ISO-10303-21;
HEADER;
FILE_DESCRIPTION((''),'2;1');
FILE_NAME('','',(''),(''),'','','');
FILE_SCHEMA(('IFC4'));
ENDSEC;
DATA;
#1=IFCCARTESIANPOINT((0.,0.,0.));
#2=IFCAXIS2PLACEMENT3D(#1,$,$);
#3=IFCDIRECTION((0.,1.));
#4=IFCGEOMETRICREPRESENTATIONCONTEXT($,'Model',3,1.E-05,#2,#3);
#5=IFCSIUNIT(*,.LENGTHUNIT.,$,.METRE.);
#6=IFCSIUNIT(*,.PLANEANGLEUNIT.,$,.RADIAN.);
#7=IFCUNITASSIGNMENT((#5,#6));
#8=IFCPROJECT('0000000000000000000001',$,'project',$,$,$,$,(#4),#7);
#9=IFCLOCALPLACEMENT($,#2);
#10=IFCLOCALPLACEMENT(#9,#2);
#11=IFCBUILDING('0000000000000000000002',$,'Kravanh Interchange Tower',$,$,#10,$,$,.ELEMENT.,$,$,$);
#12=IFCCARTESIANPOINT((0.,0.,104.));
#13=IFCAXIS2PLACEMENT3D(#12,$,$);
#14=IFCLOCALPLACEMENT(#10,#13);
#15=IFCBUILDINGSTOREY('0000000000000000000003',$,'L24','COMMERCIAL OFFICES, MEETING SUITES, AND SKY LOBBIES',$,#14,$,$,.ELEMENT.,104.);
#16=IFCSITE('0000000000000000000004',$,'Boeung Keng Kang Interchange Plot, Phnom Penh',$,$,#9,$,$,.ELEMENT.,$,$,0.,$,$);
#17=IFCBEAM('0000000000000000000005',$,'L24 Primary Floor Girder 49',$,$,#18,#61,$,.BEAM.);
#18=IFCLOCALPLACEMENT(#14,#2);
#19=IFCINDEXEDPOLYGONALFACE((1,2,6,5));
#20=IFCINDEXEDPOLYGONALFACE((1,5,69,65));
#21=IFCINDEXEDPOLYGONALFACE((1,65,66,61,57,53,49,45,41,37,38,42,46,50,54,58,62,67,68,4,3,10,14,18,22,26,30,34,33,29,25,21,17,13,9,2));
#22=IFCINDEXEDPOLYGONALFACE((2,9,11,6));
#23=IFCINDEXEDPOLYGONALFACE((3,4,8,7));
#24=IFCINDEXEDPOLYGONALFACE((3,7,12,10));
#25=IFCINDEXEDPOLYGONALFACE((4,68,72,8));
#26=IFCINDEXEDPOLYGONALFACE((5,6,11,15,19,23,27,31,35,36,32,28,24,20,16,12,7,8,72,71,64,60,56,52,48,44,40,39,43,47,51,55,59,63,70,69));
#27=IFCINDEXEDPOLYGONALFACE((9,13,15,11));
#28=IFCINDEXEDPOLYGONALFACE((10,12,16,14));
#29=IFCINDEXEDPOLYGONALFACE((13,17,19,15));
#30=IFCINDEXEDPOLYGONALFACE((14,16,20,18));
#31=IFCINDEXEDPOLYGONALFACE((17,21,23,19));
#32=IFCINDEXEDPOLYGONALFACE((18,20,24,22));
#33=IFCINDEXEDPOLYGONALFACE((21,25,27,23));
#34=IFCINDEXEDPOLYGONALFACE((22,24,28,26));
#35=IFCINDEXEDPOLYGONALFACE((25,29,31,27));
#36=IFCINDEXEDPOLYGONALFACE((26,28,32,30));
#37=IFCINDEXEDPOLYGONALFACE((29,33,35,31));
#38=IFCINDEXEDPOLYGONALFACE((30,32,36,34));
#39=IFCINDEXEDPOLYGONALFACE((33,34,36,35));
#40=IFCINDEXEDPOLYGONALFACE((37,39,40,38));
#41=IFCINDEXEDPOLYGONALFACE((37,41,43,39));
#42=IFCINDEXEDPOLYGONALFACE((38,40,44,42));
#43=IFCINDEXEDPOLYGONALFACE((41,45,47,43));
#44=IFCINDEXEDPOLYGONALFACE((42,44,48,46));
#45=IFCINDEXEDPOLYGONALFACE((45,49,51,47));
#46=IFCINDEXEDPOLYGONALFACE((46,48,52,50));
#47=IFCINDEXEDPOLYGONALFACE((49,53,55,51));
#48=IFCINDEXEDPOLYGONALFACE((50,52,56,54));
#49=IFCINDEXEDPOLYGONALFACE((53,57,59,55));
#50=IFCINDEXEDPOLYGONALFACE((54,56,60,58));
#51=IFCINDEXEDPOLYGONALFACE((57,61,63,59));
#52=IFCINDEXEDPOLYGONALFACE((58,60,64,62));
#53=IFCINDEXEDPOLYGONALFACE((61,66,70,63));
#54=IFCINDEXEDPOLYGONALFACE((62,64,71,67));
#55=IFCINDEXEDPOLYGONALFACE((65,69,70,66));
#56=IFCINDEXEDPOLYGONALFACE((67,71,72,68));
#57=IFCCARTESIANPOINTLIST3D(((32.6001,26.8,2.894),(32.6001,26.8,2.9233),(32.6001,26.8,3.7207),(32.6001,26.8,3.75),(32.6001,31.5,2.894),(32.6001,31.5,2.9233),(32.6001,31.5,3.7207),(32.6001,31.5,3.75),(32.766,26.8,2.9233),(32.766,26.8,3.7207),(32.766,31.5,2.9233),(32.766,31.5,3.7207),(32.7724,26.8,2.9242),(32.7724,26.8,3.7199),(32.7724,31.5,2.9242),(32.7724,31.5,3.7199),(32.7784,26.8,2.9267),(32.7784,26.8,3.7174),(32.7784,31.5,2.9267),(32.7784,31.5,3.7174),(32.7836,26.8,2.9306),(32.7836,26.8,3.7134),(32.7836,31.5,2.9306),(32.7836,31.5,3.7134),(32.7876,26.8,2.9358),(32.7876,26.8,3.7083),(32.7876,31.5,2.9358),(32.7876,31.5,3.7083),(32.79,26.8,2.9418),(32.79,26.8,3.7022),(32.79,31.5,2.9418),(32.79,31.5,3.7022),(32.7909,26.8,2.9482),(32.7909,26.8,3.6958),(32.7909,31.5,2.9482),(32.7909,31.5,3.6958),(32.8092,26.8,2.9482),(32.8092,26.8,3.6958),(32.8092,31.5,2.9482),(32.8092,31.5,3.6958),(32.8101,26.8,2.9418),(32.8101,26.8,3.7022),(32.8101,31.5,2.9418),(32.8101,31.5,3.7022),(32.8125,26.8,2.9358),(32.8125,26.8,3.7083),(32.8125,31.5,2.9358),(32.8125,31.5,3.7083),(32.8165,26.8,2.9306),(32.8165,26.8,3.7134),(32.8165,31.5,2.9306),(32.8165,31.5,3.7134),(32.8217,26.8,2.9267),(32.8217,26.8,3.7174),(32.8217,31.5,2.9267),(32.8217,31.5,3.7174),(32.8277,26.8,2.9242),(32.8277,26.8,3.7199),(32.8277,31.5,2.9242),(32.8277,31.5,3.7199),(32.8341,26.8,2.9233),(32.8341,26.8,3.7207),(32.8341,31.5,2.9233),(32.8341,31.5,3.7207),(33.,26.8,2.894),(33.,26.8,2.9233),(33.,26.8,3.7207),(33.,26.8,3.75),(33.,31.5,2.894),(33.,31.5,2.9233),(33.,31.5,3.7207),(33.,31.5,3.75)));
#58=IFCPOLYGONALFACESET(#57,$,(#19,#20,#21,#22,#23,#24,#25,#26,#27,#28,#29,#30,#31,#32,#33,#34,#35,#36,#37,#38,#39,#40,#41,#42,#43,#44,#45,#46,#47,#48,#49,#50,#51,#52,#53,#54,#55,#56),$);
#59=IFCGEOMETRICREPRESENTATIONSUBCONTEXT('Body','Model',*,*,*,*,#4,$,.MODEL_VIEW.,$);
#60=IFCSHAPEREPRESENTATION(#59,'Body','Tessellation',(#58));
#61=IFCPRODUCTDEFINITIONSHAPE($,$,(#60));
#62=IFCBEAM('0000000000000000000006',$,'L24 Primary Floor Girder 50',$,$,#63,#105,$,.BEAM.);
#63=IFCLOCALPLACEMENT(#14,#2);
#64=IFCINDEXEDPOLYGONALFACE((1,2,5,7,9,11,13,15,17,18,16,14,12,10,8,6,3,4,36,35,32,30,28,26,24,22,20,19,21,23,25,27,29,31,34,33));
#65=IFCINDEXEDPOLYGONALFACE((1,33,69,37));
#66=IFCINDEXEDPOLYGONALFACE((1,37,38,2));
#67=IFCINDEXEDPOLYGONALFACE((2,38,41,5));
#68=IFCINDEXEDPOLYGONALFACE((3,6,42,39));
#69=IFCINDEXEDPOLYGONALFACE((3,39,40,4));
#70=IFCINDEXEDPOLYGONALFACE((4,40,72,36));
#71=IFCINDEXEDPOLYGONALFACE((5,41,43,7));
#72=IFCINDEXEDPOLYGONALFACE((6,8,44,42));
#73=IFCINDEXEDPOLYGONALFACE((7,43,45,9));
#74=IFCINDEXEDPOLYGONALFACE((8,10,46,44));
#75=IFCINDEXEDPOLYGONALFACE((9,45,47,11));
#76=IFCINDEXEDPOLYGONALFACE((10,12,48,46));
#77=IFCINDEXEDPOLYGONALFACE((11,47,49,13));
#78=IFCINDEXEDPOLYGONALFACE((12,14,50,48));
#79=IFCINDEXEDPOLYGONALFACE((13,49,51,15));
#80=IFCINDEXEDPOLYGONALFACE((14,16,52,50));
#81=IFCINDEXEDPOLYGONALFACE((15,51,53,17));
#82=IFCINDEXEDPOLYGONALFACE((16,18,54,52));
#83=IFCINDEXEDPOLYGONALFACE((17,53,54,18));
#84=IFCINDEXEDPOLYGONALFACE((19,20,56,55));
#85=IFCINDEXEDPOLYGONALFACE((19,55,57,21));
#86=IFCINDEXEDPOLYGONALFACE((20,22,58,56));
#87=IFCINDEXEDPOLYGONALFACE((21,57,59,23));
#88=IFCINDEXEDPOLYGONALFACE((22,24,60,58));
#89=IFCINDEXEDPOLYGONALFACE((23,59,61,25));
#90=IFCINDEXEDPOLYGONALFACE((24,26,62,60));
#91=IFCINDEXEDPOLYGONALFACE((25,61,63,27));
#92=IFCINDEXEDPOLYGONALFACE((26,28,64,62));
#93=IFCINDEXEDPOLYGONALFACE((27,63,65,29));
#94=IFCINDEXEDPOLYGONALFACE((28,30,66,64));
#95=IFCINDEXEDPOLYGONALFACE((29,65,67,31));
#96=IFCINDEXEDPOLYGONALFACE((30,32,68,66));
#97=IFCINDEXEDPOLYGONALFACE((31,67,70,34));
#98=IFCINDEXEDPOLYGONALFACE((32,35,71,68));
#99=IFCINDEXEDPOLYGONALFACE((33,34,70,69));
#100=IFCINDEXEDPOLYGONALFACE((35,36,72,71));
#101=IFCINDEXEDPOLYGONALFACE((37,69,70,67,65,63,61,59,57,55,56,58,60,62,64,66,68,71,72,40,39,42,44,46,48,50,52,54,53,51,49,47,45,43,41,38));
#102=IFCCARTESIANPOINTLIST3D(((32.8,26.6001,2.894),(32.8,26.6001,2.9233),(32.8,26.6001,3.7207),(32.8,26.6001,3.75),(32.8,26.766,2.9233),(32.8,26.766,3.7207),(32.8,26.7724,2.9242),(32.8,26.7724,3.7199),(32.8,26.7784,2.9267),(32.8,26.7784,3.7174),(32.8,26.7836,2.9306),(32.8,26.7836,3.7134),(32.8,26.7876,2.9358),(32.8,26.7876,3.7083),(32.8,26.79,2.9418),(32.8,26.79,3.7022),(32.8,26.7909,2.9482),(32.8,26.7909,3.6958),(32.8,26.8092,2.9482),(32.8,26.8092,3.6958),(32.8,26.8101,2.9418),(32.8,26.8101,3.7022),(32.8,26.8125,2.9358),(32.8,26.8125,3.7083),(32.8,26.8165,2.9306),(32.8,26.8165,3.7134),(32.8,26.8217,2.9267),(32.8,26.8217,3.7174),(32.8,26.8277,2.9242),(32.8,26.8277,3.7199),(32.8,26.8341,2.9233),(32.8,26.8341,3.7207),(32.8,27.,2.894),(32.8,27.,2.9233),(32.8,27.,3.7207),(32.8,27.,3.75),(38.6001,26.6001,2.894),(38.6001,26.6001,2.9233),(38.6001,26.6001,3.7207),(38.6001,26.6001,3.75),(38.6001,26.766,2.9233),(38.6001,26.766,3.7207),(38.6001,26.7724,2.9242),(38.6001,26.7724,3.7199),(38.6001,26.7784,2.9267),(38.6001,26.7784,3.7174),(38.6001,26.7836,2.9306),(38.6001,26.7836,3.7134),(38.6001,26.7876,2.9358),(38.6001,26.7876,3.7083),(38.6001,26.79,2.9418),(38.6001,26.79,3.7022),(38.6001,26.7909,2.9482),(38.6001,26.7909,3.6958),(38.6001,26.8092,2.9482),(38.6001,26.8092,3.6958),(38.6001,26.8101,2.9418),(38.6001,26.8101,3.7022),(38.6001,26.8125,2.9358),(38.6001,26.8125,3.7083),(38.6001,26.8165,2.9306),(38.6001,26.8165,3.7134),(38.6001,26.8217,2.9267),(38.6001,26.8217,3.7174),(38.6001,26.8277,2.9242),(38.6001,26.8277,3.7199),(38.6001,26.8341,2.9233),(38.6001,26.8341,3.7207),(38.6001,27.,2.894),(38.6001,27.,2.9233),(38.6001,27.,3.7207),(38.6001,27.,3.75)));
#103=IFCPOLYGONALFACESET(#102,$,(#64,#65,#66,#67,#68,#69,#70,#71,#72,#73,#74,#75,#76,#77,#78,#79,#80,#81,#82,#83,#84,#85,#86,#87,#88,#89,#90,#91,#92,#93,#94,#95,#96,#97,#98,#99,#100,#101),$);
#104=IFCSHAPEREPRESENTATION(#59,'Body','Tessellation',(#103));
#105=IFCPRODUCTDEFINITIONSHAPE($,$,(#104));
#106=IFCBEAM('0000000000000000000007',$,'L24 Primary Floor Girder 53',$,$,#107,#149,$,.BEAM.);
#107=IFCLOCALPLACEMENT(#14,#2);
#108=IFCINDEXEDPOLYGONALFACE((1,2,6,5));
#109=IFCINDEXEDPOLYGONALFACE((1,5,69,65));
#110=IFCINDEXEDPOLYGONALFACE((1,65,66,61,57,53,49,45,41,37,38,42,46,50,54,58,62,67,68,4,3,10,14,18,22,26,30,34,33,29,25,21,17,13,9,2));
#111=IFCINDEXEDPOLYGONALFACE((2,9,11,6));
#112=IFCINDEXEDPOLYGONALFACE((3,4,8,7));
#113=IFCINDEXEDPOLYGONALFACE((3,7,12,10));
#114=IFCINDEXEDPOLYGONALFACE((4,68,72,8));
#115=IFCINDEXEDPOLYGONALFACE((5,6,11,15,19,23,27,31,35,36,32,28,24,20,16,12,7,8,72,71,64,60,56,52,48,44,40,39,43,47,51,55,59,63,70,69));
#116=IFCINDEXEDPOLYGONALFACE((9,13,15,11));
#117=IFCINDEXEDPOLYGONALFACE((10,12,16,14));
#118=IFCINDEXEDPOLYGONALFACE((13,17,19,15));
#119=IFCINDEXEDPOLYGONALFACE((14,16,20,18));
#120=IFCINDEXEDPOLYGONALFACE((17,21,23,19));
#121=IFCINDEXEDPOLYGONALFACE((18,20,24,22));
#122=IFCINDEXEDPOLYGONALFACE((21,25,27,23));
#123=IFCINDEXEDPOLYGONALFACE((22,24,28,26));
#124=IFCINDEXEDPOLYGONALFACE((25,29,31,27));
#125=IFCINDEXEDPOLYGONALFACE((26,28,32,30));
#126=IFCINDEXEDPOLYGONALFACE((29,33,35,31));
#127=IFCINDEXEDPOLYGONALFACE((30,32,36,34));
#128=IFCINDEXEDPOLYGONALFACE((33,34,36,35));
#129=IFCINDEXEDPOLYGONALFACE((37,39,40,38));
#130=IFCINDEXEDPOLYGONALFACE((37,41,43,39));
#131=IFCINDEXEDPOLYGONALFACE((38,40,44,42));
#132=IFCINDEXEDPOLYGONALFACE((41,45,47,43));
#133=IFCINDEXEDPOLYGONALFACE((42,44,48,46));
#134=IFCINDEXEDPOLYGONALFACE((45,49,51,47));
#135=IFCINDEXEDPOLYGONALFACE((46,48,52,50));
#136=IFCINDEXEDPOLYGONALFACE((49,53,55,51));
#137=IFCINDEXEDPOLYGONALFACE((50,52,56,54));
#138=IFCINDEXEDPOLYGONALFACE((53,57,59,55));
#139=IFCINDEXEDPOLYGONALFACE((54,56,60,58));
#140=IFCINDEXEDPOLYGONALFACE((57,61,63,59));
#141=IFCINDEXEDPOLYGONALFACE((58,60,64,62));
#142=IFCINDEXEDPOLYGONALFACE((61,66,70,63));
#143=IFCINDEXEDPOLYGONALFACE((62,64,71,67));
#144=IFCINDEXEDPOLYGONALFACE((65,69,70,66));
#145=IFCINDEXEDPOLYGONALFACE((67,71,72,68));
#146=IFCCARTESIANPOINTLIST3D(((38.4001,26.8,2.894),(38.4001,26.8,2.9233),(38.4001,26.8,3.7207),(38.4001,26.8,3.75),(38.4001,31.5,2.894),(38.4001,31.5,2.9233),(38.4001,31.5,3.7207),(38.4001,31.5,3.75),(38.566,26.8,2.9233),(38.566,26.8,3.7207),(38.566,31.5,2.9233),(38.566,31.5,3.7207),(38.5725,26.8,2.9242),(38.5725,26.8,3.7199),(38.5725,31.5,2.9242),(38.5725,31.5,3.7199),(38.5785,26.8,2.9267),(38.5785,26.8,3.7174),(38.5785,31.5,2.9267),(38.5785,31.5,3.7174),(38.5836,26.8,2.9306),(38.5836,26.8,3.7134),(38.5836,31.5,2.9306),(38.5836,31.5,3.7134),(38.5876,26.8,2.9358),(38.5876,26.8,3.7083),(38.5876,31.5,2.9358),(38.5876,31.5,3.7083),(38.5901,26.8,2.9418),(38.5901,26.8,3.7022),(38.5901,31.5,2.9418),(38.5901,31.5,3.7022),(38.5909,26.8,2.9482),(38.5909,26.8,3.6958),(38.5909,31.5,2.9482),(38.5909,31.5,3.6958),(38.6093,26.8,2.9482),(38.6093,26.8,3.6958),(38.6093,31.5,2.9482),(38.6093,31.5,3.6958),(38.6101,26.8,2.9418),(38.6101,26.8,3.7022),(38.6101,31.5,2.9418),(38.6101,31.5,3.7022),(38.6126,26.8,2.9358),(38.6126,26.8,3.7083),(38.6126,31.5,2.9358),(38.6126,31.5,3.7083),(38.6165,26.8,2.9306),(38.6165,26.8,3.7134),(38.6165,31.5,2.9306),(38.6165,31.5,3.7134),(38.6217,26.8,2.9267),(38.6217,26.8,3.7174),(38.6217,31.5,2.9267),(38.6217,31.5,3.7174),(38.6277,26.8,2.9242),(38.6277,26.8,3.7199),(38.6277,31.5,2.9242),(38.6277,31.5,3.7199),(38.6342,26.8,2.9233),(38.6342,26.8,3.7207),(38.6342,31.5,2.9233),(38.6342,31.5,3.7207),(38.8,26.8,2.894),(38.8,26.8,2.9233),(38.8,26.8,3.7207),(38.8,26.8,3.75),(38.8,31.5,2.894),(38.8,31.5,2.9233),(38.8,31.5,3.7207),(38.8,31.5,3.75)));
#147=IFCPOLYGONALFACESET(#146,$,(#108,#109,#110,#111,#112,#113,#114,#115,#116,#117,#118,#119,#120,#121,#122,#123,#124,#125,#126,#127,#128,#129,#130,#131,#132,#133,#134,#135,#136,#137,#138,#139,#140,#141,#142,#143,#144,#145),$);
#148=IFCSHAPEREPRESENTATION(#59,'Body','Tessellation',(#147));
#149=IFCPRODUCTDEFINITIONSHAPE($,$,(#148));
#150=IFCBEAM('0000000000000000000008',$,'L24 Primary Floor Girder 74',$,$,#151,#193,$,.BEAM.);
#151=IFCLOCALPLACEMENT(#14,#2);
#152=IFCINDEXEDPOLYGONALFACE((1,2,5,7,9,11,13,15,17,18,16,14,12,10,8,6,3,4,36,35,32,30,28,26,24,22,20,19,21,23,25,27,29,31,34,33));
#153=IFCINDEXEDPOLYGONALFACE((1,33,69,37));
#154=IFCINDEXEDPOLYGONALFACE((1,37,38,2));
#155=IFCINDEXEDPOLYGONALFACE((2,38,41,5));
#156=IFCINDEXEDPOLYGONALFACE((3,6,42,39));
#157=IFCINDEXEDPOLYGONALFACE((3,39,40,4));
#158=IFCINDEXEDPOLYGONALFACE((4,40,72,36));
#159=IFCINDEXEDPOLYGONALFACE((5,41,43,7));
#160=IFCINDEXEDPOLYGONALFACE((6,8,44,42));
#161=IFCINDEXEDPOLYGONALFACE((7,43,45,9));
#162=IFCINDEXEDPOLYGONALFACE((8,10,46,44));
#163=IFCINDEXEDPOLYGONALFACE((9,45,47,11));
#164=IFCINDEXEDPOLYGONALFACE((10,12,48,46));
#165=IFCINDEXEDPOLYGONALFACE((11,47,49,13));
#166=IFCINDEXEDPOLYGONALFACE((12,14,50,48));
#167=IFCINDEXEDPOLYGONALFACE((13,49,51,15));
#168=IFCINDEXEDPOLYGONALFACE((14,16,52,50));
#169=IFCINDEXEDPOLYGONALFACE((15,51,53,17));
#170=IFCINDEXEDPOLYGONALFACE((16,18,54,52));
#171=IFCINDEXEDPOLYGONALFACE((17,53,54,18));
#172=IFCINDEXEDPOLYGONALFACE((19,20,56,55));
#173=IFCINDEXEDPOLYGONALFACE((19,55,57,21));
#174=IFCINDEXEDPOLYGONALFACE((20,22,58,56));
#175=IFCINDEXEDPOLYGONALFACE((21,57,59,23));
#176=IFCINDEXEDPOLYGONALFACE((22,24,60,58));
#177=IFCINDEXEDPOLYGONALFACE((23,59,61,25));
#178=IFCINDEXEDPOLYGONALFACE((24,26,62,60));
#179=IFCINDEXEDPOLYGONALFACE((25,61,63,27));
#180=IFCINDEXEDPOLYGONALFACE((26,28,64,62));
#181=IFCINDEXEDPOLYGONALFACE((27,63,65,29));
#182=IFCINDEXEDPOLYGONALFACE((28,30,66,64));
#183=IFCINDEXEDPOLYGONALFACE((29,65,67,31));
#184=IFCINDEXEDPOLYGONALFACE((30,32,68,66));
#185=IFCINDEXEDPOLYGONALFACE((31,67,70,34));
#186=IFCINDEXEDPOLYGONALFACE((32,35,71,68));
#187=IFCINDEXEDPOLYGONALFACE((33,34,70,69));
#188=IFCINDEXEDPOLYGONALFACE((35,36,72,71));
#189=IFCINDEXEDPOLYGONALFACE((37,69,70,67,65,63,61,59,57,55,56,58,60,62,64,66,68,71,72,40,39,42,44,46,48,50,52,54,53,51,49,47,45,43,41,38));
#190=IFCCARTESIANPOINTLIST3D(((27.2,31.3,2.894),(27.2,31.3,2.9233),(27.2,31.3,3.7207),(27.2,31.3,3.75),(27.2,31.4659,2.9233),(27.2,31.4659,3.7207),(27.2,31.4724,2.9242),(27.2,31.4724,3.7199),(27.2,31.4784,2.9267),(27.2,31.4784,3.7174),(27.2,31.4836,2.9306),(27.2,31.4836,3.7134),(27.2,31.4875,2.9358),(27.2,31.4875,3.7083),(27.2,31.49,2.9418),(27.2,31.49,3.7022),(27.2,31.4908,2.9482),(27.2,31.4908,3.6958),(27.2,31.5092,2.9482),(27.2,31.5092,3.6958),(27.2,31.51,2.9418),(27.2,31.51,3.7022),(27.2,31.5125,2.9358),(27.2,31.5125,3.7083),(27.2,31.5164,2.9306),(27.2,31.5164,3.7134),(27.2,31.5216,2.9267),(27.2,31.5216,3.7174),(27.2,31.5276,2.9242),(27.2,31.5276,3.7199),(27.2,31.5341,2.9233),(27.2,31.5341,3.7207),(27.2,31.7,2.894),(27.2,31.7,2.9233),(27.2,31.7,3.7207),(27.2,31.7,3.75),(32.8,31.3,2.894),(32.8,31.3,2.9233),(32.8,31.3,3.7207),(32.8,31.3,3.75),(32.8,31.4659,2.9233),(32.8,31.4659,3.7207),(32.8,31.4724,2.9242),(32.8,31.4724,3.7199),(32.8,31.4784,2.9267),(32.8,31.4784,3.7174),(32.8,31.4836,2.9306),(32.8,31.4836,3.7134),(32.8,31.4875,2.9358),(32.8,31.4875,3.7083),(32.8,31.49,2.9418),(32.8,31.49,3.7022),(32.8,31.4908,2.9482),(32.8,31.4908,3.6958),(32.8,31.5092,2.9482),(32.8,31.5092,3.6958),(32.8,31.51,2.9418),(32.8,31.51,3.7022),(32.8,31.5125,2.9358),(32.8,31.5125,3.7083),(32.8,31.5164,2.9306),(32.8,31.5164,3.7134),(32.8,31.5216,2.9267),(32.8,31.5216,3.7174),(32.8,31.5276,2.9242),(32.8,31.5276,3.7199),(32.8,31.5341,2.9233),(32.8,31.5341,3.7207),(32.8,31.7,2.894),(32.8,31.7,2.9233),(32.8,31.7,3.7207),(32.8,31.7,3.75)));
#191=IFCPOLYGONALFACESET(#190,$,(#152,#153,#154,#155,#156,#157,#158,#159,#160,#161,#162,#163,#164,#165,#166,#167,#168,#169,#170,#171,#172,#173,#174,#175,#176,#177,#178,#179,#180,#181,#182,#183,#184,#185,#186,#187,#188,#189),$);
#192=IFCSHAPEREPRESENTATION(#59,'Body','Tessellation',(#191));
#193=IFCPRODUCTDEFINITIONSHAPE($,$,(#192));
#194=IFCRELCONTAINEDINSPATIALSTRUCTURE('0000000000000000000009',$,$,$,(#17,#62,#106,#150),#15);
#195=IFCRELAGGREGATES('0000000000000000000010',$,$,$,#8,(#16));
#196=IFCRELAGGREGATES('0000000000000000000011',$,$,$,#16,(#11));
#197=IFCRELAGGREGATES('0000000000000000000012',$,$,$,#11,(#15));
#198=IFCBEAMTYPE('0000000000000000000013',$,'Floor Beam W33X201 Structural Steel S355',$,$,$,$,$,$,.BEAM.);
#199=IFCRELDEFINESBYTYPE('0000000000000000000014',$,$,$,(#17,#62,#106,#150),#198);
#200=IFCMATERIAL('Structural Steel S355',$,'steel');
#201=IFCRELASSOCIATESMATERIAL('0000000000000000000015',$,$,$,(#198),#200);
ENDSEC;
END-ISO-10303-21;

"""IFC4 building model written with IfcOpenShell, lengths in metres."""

from ifc_helpers import new_model, si_unit, direction, frame, origin, origin_2d, place, context, subcontext, project, spatial, i_section, extrude, material, material_profile, profile_set, type_object, element, save


model = new_model("IFC4")

# Units and contexts
model_context = context("Model", 3, precision=1e-05, world=origin(), true_north=direction((0.0, 1.0)))
body_context = subcontext(model_context, "Body", "Model", "MODEL_VIEW")
ifc_project = project(units=[si_unit("LENGTHUNIT", "METRE"), si_unit("PLANEANGLEUNIT", "RADIAN")], contexts=[model_context])

# Site, building, storey
site_placement = place(None, origin())
site = spatial("IfcSite", under=ifc_project, at=site_placement, Name="Boeung Keng Kang Interchange Plot, Phnom Penh", CompositionType="ELEMENT", RefElevation=0.0)
building_placement = place(site_placement, origin())
building = spatial("IfcBuilding", under=site, at=building_placement, Name="Kravanh Interchange Tower", CompositionType="ELEMENT")
storey_placement = place(building_placement, frame((0.0, 0.0, 104.0)))
storey = spatial("IfcBuildingStorey", under=building, at=storey_placement, Name="L24", Description="COMMERCIAL OFFICES, MEETING SUITES, AND SKY LOBBIES", CompositionType="ELEMENT", Elevation=104.0)

# Beams
ifc_material_1 = material(Name="Structural Steel S355", Category="steel")
ifc_material_profile_1 = material_profile(ifc_material_1, i_section(OverallWidth=0.3999, OverallDepth=0.856, WebThickness=0.0183, FlangeThickness=0.0293, FilletRadius=0.0249, at=origin_2d()), Name="W33X201")
ifc_profile_set_1 = profile_set([ifc_material_profile_1], Name="Structural Steel S355")
beam_type_1 = type_object("IfcBeamType", Name="Floor Beam W33X201 Structural Steel S355", PredefinedType="BEAM", material=ifc_profile_set_1)
beam_1_placement = place(storey_placement, frame((32.8, 26.8, 3.322), z_axis=(0.0, 1.0, 0.0), x_axis=(-1.0, 0.0, 0.0)))
element("IfcBeam", 1, at=beam_1_placement, inside=storey, type_object=beam_type_1, Name="L24 Primary Floor Girder 49", PredefinedType="BEAM", context=body_context, shape_type="SweptSolid", body=[
    extrude(i_section(OverallWidth=0.3999, OverallDepth=0.856, WebThickness=0.0183, FlangeThickness=0.0293, FilletRadius=0.0249, at=origin_2d()), origin(), (0.0, 0.0, 1.0), 4.7),
])
beam_2_placement = place(storey_placement, frame((32.8, 26.8, 3.322), z_axis=(1.0, 0.0, 0.0), x_axis=(0.0, 1.0, 0.0)))
element("IfcBeam", 2, at=beam_2_placement, inside=storey, type_object=beam_type_1, Name="L24 Primary Floor Girder 50", PredefinedType="BEAM", context=body_context, shape_type="SweptSolid", body=[
    extrude(i_section(OverallWidth=0.3999, OverallDepth=0.856, WebThickness=0.0183, FlangeThickness=0.0293, FilletRadius=0.0249, at=origin_2d()), origin(), (0.0, 0.0, 1.0), 5.8),
])
beam_3_placement = place(storey_placement, frame((38.6001, 26.8, 3.322), z_axis=(0.0, 1.0, 0.0), x_axis=(-1.0, 0.0, 0.0)))
element("IfcBeam", 3, at=beam_3_placement, inside=storey, type_object=beam_type_1, Name="L24 Primary Floor Girder 53", PredefinedType="BEAM", context=body_context, shape_type="SweptSolid", body=[
    extrude(i_section(OverallWidth=0.3999, OverallDepth=0.856, WebThickness=0.0183, FlangeThickness=0.0293, FilletRadius=0.0249, at=origin_2d()), origin(), (0.0, 0.0, 1.0), 4.7),
])
beam_4_placement = place(storey_placement, frame((27.2, 31.5, 3.322), z_axis=(1.0, 0.0, 0.0), x_axis=(0.0, 1.0, 0.0)))
element("IfcBeam", 4, at=beam_4_placement, inside=storey, type_object=beam_type_1, Name="L24 Primary Floor Girder 74", PredefinedType="BEAM", context=body_context, shape_type="SweptSolid", body=[
    extrude(i_section(OverallWidth=0.3999, OverallDepth=0.856, WebThickness=0.0183, FlangeThickness=0.0293, FilletRadius=0.0249, at=origin_2d()), origin(), (0.0, 0.0, 1.0), 5.6001),
])

save(model, "model.ifc")
